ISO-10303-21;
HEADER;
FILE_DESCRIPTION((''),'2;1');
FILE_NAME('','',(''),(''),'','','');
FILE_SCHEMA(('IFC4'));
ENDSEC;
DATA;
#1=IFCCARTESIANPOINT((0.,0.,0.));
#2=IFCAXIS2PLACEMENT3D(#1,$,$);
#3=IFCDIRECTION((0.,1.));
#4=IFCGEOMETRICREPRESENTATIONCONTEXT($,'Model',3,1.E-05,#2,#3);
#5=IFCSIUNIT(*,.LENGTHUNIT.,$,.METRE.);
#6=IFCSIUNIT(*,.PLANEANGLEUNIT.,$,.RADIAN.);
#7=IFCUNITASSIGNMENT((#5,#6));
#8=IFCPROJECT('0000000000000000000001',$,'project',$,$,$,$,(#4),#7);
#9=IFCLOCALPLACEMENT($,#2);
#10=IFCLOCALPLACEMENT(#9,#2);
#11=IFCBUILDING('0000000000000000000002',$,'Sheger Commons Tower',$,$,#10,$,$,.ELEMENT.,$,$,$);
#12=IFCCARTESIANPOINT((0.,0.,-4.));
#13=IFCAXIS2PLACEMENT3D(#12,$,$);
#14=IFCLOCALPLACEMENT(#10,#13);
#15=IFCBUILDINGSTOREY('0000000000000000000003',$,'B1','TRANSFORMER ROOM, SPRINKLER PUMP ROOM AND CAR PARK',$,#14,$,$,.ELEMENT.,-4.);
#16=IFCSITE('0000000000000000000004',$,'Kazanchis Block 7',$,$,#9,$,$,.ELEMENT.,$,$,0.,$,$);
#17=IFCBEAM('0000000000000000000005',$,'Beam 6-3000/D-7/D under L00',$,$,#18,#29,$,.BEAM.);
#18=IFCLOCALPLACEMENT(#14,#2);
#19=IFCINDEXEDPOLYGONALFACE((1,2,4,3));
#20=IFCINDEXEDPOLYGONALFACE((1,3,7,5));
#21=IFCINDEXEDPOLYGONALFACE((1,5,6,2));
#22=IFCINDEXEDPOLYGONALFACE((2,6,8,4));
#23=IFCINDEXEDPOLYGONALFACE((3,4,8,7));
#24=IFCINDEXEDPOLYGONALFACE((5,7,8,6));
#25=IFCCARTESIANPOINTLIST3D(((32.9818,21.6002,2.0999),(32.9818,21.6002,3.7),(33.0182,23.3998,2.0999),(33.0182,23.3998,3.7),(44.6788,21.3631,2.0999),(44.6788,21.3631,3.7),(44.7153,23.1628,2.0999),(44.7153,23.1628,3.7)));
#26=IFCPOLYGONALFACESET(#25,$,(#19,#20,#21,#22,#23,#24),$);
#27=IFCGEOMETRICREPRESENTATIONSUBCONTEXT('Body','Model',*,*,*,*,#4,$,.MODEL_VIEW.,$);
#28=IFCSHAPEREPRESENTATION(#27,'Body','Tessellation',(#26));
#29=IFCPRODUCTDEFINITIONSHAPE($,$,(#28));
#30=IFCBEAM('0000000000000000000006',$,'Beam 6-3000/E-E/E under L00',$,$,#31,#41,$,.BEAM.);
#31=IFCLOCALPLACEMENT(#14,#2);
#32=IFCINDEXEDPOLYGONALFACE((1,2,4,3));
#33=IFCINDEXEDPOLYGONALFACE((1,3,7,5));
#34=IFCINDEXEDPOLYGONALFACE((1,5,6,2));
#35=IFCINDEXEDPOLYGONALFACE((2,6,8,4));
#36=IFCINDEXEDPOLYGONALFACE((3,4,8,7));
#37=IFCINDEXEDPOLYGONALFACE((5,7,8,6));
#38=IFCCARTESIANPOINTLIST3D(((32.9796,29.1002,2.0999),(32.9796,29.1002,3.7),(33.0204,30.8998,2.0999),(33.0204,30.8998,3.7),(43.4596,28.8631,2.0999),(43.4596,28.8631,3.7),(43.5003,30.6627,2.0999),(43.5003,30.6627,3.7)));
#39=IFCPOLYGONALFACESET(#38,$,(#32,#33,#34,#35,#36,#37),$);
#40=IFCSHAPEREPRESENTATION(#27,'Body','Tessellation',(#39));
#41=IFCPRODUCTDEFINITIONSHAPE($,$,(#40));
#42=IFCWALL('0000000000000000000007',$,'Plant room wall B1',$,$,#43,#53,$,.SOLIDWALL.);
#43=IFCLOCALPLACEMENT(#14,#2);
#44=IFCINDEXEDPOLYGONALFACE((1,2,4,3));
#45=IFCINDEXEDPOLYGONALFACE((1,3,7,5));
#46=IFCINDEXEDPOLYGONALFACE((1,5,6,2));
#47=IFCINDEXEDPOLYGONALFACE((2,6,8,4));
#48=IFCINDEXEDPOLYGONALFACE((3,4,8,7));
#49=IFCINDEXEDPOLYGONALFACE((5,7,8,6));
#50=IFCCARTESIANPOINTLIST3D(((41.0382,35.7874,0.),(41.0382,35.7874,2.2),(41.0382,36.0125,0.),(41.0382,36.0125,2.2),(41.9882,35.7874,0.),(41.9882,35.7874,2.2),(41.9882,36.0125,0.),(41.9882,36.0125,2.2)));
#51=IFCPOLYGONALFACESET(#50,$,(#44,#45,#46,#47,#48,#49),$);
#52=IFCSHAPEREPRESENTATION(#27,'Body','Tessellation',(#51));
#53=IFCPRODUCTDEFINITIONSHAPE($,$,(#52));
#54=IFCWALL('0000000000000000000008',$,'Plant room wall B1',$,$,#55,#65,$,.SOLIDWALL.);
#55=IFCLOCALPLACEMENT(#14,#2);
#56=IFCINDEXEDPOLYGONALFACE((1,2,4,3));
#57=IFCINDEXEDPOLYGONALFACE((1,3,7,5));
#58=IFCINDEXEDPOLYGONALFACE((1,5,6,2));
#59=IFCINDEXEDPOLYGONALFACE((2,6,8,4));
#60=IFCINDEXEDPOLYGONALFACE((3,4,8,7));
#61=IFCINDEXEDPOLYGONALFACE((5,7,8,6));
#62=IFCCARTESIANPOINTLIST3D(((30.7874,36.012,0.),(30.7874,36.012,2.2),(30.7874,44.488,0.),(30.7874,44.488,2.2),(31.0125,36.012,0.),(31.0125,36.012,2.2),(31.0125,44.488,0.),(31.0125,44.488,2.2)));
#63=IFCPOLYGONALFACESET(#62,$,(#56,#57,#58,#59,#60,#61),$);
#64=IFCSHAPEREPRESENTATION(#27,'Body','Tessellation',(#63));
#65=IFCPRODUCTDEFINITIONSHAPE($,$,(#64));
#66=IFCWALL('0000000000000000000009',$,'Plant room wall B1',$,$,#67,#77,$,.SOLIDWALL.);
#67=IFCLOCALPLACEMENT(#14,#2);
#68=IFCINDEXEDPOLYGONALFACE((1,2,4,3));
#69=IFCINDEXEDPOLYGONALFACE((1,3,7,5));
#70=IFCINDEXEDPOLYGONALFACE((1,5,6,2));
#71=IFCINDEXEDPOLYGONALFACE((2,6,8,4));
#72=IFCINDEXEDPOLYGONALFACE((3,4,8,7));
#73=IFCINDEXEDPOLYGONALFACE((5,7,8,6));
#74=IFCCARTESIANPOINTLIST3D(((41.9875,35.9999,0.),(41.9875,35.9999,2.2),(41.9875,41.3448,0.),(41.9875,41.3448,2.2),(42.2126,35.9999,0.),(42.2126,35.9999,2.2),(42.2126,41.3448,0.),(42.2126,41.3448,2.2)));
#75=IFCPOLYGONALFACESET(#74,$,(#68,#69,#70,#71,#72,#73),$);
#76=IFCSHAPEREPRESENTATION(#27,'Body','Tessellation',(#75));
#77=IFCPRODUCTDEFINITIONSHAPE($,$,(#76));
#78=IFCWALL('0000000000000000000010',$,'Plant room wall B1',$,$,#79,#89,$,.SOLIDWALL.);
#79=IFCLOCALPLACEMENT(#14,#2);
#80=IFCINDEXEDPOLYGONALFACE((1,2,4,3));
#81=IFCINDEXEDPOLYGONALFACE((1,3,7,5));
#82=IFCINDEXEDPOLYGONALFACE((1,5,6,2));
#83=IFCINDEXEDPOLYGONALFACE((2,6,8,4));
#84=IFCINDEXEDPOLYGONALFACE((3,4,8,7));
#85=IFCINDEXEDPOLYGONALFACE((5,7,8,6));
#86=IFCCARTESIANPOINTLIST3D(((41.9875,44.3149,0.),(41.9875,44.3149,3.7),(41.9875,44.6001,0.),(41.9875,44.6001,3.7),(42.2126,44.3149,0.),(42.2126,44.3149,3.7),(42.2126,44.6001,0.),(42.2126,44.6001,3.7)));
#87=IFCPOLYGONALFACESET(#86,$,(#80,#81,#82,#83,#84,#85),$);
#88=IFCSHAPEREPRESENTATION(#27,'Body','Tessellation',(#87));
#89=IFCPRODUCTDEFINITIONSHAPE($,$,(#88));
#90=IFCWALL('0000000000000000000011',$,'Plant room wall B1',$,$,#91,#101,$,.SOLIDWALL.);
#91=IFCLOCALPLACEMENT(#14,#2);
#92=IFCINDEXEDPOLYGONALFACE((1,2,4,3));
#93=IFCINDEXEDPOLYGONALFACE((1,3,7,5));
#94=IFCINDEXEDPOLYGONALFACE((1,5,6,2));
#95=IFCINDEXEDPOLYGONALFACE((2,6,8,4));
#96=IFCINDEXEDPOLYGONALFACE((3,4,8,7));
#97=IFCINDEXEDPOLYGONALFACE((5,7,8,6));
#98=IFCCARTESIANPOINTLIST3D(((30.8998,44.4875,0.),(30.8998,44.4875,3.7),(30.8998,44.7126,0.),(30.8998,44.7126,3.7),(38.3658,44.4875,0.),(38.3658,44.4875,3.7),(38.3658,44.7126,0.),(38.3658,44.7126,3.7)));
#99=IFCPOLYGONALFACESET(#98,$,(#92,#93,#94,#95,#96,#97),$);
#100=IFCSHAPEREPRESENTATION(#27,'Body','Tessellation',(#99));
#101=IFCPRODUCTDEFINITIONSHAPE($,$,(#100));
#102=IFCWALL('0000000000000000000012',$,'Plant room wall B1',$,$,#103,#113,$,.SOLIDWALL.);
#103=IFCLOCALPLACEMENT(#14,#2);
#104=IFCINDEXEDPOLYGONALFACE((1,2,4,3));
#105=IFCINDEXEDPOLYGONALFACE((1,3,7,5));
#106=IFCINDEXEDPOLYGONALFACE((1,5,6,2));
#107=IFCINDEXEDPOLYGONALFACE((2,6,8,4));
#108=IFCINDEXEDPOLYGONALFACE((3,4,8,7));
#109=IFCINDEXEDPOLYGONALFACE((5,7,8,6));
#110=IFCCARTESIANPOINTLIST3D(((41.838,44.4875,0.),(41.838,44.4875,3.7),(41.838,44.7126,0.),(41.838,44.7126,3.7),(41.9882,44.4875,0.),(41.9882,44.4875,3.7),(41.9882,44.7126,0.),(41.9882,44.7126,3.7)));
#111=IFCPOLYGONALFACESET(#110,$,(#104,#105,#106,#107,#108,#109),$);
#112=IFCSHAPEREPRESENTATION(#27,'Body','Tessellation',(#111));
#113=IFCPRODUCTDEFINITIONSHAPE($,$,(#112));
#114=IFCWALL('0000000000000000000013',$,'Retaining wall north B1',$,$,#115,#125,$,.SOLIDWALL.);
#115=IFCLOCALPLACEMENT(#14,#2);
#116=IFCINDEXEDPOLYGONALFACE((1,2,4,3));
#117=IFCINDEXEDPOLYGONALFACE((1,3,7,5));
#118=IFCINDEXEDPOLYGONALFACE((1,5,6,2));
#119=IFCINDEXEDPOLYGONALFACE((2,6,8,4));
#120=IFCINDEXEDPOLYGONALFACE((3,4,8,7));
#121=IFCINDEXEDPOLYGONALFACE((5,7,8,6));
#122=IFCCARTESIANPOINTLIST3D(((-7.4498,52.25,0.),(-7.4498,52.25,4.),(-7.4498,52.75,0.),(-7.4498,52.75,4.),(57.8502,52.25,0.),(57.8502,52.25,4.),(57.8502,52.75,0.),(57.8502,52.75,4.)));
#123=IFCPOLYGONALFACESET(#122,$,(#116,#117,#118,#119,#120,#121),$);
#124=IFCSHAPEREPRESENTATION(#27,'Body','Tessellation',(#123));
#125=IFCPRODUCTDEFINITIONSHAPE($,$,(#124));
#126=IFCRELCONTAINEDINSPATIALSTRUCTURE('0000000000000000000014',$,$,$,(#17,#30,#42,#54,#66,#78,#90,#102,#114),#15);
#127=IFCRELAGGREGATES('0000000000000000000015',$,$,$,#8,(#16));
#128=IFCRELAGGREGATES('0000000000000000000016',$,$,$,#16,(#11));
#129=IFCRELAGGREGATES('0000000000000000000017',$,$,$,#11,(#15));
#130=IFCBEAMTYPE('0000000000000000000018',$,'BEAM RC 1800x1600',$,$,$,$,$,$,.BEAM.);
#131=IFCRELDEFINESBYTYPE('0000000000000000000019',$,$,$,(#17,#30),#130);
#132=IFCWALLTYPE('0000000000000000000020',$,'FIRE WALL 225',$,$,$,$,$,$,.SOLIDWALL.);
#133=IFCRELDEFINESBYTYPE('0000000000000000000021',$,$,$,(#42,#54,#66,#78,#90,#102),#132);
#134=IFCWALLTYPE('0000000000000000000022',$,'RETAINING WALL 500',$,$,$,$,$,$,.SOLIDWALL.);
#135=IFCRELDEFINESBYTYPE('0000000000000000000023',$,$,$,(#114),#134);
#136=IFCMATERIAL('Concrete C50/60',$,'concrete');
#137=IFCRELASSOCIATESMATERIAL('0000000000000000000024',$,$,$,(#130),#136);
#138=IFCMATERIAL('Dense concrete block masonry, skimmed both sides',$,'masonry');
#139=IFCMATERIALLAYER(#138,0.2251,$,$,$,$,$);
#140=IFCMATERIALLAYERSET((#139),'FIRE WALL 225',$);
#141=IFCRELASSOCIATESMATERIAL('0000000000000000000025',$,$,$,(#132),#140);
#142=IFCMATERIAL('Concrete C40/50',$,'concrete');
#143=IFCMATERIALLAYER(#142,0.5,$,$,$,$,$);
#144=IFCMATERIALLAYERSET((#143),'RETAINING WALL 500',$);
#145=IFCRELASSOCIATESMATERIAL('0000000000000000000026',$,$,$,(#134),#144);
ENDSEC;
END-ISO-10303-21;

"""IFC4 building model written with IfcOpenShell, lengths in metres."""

from ifc_helpers import new_model, si_unit, direction, frame, frame_2d, origin, origin_2d, place, context, subcontext, project, spatial, rectangle, extrude, material, layer, layer_set, material_profile, profile_set, type_object, element, save


model = new_model("IFC4")

# Units and contexts
model_context = context("Model", 3, precision=1e-05, world=origin(), true_north=direction((0.0, 1.0)))
body_context = subcontext(model_context, "Body", "Model", "MODEL_VIEW")
ifc_project = project(units=[si_unit("LENGTHUNIT", "METRE"), si_unit("PLANEANGLEUNIT", "RADIAN")], contexts=[model_context])

# Site, building, storey
site_placement = place(None, origin())
site = spatial("IfcSite", under=ifc_project, at=site_placement, Name="Kazanchis Block 7", CompositionType="ELEMENT", RefElevation=0.0)
building_placement = place(site_placement, origin())
building = spatial("IfcBuilding", under=site, at=building_placement, Name="Sheger Commons Tower", CompositionType="ELEMENT")
storey_placement = place(building_placement, frame((0.0, 0.0, -4.0)))
storey = spatial("IfcBuildingStorey", under=building, at=storey_placement, Name="B1", Description="TRANSFORMER ROOM, SPRINKLER PUMP ROOM AND CAR PARK", CompositionType="ELEMENT", Elevation=-4.0)

# Beams
ifc_material_1 = material(Name="Concrete C50/60", Category="concrete")
ifc_material_profile_1 = material_profile(ifc_material_1, rectangle(XDim=1.8, YDim=1.6001, at=origin_2d()), Name="RC 1800x1600")
ifc_profile_set_1 = profile_set([ifc_material_profile_1], Name="Concrete C50/60")
beam_type_1 = type_object("IfcBeamType", Name="BEAM RC 1800x1600", PredefinedType="BEAM", material=ifc_profile_set_1)
beam_1_placement = place(storey_placement, frame((33.0, 22.5, 2.8999), z_axis=(0.999795, -0.020263, 0.0), x_axis=(0.020263, 0.999795, 0.0)))
element("IfcBeam", 1, at=beam_1_placement, inside=storey, type_object=beam_type_1, Name="Beam 6-3000/D-7/D under L00", PredefinedType="BEAM", context=body_context, shape_type="SweptSolid", body=[
    extrude(rectangle(XDim=1.8, YDim=1.6001, at=origin_2d()), origin(), (0.0, 0.0, 1.0), 11.6995),
])
beam_2_placement = place(storey_placement, frame((33.0, 30.0, 2.8999), z_axis=(0.999744, -0.022615, 0.0), x_axis=(0.022615, 0.999744, 0.0)))
element("IfcBeam", 2, at=beam_2_placement, inside=storey, type_object=beam_type_1, Name="Beam 6-3000/E-E/E under L00", PredefinedType="BEAM", context=body_context, shape_type="SweptSolid", body=[
    extrude(rectangle(XDim=1.8, YDim=1.6001, at=origin_2d()), origin(), (0.0, 0.0, 1.0), 10.4827),
])

# Shared definitions
ifc_material_2 = material(Name="Dense concrete block masonry, skimmed both sides", Category="masonry")
ifc_layer_1 = layer(ifc_material_2, 0.2251)
ifc_layer_set_1 = layer_set([ifc_layer_1], Name="FIRE WALL 225")
wall_type_1 = type_object("IfcWallType", Name="FIRE WALL 225", PredefinedType="SOLIDWALL", material=ifc_layer_set_1)

# Walls
wall_1_placement = place(storey_placement, frame((41.0381, 35.8999, 0.0), z_axis=(0.0, 0.0, 1.0), x_axis=(1.0, 0.0, 0.0)))
element("IfcWall", 3, at=wall_1_placement, inside=storey, type_object=wall_type_1, Name="Plant room wall B1", PredefinedType="SOLIDWALL", context=body_context, shape_type="SweptSolid", body=[
    extrude(rectangle(XDim=0.95, YDim=0.2251, at=frame_2d((0.4751, 0.0))), origin(), (0.0, 0.0, 1.0), 2.2),
])
wall_2_placement = place(storey_placement, frame((30.8999, 36.012, 0.0), z_axis=(0.0, 0.0, 1.0), x_axis=(0.0, 1.0, 0.0)))
element("IfcWall", 4, at=wall_2_placement, inside=storey, type_object=wall_type_1, Name="Plant room wall B1", PredefinedType="SOLIDWALL", context=body_context, shape_type="SweptSolid", body=[
    extrude(rectangle(XDim=8.4761, YDim=0.2251, at=frame_2d((4.238, 0.0))), origin(), (0.0, 0.0, 1.0), 2.2),
])
wall_3_placement = place(storey_placement, frame((42.1001, 36.0, 0.0), z_axis=(0.0, 0.0, 1.0), x_axis=(0.0, 1.0, 0.0)))
element("IfcWall", 5, at=wall_3_placement, inside=storey, type_object=wall_type_1, Name="Plant room wall B1", PredefinedType="SOLIDWALL", context=body_context, shape_type="SweptSolid", body=[
    extrude(rectangle(XDim=5.345, YDim=0.2251, at=frame_2d((2.6724, 0.0))), origin(), (0.0, 0.0, 1.0), 2.2),
])
wall_4_placement = place(storey_placement, frame((42.1001, 44.3149, 0.0), z_axis=(0.0, 0.0, 1.0), x_axis=(0.0, 1.0, 0.0)))
element("IfcWall", 6, at=wall_4_placement, inside=storey, type_object=wall_type_1, Name="Plant room wall B1", PredefinedType="SOLIDWALL", context=body_context, shape_type="SweptSolid", body=[
    extrude(rectangle(XDim=0.2852, YDim=0.2251, at=frame_2d((0.1426, 0.0))), origin(), (0.0, 0.0, 1.0), 3.7),
])
wall_5_placement = place(storey_placement, frame((30.8999, 44.6001, 0.0), z_axis=(0.0, 0.0, 1.0), x_axis=(1.0, 0.0, 0.0)))
element("IfcWall", 7, at=wall_5_placement, inside=storey, type_object=wall_type_1, Name="Plant room wall B1", PredefinedType="SOLIDWALL", context=body_context, shape_type="SweptSolid", body=[
    extrude(rectangle(XDim=7.4661, YDim=0.2251, at=frame_2d((3.7329, 0.0))), origin(), (0.0, 0.0, 1.0), 3.7),
])
wall_6_placement = place(storey_placement, frame((41.8379, 44.6001, 0.0), z_axis=(0.0, 0.0, 1.0), x_axis=(1.0, 0.0, 0.0)))
element("IfcWall", 8, at=wall_6_placement, inside=storey, type_object=wall_type_1, Name="Plant room wall B1", PredefinedType="SOLIDWALL", context=body_context, shape_type="SweptSolid", body=[
    extrude(rectangle(XDim=0.1501, YDim=0.2251, at=frame_2d((0.0752, 0.0))), origin(), (0.0, 0.0, 1.0), 3.7),
])
ifc_material_3 = material(Name="Concrete C40/50", Category="concrete")
ifc_layer_2 = layer(ifc_material_3, 0.5)
ifc_layer_set_2 = layer_set([ifc_layer_2], Name="RETAINING WALL 500")
wall_type_2 = type_object("IfcWallType", Name="RETAINING WALL 500", PredefinedType="SOLIDWALL", material=ifc_layer_set_2)
wall_7_placement = place(storey_placement, frame((57.8501, 52.5, 0.0), z_axis=(0.0, 0.0, 1.0), x_axis=(-1.0, 0.0, 0.0)))
element("IfcWall", 9, at=wall_7_placement, inside=storey, type_object=wall_type_2, Name="Retaining wall north B1", PredefinedType="SOLIDWALL", context=body_context, shape_type="SweptSolid", body=[
    extrude(rectangle(XDim=65.3, YDim=0.5, at=frame_2d((32.6499, 0.0))), origin(), (0.0, 0.0, 1.0), 4.0),
])

save(model, "model.ifc")
